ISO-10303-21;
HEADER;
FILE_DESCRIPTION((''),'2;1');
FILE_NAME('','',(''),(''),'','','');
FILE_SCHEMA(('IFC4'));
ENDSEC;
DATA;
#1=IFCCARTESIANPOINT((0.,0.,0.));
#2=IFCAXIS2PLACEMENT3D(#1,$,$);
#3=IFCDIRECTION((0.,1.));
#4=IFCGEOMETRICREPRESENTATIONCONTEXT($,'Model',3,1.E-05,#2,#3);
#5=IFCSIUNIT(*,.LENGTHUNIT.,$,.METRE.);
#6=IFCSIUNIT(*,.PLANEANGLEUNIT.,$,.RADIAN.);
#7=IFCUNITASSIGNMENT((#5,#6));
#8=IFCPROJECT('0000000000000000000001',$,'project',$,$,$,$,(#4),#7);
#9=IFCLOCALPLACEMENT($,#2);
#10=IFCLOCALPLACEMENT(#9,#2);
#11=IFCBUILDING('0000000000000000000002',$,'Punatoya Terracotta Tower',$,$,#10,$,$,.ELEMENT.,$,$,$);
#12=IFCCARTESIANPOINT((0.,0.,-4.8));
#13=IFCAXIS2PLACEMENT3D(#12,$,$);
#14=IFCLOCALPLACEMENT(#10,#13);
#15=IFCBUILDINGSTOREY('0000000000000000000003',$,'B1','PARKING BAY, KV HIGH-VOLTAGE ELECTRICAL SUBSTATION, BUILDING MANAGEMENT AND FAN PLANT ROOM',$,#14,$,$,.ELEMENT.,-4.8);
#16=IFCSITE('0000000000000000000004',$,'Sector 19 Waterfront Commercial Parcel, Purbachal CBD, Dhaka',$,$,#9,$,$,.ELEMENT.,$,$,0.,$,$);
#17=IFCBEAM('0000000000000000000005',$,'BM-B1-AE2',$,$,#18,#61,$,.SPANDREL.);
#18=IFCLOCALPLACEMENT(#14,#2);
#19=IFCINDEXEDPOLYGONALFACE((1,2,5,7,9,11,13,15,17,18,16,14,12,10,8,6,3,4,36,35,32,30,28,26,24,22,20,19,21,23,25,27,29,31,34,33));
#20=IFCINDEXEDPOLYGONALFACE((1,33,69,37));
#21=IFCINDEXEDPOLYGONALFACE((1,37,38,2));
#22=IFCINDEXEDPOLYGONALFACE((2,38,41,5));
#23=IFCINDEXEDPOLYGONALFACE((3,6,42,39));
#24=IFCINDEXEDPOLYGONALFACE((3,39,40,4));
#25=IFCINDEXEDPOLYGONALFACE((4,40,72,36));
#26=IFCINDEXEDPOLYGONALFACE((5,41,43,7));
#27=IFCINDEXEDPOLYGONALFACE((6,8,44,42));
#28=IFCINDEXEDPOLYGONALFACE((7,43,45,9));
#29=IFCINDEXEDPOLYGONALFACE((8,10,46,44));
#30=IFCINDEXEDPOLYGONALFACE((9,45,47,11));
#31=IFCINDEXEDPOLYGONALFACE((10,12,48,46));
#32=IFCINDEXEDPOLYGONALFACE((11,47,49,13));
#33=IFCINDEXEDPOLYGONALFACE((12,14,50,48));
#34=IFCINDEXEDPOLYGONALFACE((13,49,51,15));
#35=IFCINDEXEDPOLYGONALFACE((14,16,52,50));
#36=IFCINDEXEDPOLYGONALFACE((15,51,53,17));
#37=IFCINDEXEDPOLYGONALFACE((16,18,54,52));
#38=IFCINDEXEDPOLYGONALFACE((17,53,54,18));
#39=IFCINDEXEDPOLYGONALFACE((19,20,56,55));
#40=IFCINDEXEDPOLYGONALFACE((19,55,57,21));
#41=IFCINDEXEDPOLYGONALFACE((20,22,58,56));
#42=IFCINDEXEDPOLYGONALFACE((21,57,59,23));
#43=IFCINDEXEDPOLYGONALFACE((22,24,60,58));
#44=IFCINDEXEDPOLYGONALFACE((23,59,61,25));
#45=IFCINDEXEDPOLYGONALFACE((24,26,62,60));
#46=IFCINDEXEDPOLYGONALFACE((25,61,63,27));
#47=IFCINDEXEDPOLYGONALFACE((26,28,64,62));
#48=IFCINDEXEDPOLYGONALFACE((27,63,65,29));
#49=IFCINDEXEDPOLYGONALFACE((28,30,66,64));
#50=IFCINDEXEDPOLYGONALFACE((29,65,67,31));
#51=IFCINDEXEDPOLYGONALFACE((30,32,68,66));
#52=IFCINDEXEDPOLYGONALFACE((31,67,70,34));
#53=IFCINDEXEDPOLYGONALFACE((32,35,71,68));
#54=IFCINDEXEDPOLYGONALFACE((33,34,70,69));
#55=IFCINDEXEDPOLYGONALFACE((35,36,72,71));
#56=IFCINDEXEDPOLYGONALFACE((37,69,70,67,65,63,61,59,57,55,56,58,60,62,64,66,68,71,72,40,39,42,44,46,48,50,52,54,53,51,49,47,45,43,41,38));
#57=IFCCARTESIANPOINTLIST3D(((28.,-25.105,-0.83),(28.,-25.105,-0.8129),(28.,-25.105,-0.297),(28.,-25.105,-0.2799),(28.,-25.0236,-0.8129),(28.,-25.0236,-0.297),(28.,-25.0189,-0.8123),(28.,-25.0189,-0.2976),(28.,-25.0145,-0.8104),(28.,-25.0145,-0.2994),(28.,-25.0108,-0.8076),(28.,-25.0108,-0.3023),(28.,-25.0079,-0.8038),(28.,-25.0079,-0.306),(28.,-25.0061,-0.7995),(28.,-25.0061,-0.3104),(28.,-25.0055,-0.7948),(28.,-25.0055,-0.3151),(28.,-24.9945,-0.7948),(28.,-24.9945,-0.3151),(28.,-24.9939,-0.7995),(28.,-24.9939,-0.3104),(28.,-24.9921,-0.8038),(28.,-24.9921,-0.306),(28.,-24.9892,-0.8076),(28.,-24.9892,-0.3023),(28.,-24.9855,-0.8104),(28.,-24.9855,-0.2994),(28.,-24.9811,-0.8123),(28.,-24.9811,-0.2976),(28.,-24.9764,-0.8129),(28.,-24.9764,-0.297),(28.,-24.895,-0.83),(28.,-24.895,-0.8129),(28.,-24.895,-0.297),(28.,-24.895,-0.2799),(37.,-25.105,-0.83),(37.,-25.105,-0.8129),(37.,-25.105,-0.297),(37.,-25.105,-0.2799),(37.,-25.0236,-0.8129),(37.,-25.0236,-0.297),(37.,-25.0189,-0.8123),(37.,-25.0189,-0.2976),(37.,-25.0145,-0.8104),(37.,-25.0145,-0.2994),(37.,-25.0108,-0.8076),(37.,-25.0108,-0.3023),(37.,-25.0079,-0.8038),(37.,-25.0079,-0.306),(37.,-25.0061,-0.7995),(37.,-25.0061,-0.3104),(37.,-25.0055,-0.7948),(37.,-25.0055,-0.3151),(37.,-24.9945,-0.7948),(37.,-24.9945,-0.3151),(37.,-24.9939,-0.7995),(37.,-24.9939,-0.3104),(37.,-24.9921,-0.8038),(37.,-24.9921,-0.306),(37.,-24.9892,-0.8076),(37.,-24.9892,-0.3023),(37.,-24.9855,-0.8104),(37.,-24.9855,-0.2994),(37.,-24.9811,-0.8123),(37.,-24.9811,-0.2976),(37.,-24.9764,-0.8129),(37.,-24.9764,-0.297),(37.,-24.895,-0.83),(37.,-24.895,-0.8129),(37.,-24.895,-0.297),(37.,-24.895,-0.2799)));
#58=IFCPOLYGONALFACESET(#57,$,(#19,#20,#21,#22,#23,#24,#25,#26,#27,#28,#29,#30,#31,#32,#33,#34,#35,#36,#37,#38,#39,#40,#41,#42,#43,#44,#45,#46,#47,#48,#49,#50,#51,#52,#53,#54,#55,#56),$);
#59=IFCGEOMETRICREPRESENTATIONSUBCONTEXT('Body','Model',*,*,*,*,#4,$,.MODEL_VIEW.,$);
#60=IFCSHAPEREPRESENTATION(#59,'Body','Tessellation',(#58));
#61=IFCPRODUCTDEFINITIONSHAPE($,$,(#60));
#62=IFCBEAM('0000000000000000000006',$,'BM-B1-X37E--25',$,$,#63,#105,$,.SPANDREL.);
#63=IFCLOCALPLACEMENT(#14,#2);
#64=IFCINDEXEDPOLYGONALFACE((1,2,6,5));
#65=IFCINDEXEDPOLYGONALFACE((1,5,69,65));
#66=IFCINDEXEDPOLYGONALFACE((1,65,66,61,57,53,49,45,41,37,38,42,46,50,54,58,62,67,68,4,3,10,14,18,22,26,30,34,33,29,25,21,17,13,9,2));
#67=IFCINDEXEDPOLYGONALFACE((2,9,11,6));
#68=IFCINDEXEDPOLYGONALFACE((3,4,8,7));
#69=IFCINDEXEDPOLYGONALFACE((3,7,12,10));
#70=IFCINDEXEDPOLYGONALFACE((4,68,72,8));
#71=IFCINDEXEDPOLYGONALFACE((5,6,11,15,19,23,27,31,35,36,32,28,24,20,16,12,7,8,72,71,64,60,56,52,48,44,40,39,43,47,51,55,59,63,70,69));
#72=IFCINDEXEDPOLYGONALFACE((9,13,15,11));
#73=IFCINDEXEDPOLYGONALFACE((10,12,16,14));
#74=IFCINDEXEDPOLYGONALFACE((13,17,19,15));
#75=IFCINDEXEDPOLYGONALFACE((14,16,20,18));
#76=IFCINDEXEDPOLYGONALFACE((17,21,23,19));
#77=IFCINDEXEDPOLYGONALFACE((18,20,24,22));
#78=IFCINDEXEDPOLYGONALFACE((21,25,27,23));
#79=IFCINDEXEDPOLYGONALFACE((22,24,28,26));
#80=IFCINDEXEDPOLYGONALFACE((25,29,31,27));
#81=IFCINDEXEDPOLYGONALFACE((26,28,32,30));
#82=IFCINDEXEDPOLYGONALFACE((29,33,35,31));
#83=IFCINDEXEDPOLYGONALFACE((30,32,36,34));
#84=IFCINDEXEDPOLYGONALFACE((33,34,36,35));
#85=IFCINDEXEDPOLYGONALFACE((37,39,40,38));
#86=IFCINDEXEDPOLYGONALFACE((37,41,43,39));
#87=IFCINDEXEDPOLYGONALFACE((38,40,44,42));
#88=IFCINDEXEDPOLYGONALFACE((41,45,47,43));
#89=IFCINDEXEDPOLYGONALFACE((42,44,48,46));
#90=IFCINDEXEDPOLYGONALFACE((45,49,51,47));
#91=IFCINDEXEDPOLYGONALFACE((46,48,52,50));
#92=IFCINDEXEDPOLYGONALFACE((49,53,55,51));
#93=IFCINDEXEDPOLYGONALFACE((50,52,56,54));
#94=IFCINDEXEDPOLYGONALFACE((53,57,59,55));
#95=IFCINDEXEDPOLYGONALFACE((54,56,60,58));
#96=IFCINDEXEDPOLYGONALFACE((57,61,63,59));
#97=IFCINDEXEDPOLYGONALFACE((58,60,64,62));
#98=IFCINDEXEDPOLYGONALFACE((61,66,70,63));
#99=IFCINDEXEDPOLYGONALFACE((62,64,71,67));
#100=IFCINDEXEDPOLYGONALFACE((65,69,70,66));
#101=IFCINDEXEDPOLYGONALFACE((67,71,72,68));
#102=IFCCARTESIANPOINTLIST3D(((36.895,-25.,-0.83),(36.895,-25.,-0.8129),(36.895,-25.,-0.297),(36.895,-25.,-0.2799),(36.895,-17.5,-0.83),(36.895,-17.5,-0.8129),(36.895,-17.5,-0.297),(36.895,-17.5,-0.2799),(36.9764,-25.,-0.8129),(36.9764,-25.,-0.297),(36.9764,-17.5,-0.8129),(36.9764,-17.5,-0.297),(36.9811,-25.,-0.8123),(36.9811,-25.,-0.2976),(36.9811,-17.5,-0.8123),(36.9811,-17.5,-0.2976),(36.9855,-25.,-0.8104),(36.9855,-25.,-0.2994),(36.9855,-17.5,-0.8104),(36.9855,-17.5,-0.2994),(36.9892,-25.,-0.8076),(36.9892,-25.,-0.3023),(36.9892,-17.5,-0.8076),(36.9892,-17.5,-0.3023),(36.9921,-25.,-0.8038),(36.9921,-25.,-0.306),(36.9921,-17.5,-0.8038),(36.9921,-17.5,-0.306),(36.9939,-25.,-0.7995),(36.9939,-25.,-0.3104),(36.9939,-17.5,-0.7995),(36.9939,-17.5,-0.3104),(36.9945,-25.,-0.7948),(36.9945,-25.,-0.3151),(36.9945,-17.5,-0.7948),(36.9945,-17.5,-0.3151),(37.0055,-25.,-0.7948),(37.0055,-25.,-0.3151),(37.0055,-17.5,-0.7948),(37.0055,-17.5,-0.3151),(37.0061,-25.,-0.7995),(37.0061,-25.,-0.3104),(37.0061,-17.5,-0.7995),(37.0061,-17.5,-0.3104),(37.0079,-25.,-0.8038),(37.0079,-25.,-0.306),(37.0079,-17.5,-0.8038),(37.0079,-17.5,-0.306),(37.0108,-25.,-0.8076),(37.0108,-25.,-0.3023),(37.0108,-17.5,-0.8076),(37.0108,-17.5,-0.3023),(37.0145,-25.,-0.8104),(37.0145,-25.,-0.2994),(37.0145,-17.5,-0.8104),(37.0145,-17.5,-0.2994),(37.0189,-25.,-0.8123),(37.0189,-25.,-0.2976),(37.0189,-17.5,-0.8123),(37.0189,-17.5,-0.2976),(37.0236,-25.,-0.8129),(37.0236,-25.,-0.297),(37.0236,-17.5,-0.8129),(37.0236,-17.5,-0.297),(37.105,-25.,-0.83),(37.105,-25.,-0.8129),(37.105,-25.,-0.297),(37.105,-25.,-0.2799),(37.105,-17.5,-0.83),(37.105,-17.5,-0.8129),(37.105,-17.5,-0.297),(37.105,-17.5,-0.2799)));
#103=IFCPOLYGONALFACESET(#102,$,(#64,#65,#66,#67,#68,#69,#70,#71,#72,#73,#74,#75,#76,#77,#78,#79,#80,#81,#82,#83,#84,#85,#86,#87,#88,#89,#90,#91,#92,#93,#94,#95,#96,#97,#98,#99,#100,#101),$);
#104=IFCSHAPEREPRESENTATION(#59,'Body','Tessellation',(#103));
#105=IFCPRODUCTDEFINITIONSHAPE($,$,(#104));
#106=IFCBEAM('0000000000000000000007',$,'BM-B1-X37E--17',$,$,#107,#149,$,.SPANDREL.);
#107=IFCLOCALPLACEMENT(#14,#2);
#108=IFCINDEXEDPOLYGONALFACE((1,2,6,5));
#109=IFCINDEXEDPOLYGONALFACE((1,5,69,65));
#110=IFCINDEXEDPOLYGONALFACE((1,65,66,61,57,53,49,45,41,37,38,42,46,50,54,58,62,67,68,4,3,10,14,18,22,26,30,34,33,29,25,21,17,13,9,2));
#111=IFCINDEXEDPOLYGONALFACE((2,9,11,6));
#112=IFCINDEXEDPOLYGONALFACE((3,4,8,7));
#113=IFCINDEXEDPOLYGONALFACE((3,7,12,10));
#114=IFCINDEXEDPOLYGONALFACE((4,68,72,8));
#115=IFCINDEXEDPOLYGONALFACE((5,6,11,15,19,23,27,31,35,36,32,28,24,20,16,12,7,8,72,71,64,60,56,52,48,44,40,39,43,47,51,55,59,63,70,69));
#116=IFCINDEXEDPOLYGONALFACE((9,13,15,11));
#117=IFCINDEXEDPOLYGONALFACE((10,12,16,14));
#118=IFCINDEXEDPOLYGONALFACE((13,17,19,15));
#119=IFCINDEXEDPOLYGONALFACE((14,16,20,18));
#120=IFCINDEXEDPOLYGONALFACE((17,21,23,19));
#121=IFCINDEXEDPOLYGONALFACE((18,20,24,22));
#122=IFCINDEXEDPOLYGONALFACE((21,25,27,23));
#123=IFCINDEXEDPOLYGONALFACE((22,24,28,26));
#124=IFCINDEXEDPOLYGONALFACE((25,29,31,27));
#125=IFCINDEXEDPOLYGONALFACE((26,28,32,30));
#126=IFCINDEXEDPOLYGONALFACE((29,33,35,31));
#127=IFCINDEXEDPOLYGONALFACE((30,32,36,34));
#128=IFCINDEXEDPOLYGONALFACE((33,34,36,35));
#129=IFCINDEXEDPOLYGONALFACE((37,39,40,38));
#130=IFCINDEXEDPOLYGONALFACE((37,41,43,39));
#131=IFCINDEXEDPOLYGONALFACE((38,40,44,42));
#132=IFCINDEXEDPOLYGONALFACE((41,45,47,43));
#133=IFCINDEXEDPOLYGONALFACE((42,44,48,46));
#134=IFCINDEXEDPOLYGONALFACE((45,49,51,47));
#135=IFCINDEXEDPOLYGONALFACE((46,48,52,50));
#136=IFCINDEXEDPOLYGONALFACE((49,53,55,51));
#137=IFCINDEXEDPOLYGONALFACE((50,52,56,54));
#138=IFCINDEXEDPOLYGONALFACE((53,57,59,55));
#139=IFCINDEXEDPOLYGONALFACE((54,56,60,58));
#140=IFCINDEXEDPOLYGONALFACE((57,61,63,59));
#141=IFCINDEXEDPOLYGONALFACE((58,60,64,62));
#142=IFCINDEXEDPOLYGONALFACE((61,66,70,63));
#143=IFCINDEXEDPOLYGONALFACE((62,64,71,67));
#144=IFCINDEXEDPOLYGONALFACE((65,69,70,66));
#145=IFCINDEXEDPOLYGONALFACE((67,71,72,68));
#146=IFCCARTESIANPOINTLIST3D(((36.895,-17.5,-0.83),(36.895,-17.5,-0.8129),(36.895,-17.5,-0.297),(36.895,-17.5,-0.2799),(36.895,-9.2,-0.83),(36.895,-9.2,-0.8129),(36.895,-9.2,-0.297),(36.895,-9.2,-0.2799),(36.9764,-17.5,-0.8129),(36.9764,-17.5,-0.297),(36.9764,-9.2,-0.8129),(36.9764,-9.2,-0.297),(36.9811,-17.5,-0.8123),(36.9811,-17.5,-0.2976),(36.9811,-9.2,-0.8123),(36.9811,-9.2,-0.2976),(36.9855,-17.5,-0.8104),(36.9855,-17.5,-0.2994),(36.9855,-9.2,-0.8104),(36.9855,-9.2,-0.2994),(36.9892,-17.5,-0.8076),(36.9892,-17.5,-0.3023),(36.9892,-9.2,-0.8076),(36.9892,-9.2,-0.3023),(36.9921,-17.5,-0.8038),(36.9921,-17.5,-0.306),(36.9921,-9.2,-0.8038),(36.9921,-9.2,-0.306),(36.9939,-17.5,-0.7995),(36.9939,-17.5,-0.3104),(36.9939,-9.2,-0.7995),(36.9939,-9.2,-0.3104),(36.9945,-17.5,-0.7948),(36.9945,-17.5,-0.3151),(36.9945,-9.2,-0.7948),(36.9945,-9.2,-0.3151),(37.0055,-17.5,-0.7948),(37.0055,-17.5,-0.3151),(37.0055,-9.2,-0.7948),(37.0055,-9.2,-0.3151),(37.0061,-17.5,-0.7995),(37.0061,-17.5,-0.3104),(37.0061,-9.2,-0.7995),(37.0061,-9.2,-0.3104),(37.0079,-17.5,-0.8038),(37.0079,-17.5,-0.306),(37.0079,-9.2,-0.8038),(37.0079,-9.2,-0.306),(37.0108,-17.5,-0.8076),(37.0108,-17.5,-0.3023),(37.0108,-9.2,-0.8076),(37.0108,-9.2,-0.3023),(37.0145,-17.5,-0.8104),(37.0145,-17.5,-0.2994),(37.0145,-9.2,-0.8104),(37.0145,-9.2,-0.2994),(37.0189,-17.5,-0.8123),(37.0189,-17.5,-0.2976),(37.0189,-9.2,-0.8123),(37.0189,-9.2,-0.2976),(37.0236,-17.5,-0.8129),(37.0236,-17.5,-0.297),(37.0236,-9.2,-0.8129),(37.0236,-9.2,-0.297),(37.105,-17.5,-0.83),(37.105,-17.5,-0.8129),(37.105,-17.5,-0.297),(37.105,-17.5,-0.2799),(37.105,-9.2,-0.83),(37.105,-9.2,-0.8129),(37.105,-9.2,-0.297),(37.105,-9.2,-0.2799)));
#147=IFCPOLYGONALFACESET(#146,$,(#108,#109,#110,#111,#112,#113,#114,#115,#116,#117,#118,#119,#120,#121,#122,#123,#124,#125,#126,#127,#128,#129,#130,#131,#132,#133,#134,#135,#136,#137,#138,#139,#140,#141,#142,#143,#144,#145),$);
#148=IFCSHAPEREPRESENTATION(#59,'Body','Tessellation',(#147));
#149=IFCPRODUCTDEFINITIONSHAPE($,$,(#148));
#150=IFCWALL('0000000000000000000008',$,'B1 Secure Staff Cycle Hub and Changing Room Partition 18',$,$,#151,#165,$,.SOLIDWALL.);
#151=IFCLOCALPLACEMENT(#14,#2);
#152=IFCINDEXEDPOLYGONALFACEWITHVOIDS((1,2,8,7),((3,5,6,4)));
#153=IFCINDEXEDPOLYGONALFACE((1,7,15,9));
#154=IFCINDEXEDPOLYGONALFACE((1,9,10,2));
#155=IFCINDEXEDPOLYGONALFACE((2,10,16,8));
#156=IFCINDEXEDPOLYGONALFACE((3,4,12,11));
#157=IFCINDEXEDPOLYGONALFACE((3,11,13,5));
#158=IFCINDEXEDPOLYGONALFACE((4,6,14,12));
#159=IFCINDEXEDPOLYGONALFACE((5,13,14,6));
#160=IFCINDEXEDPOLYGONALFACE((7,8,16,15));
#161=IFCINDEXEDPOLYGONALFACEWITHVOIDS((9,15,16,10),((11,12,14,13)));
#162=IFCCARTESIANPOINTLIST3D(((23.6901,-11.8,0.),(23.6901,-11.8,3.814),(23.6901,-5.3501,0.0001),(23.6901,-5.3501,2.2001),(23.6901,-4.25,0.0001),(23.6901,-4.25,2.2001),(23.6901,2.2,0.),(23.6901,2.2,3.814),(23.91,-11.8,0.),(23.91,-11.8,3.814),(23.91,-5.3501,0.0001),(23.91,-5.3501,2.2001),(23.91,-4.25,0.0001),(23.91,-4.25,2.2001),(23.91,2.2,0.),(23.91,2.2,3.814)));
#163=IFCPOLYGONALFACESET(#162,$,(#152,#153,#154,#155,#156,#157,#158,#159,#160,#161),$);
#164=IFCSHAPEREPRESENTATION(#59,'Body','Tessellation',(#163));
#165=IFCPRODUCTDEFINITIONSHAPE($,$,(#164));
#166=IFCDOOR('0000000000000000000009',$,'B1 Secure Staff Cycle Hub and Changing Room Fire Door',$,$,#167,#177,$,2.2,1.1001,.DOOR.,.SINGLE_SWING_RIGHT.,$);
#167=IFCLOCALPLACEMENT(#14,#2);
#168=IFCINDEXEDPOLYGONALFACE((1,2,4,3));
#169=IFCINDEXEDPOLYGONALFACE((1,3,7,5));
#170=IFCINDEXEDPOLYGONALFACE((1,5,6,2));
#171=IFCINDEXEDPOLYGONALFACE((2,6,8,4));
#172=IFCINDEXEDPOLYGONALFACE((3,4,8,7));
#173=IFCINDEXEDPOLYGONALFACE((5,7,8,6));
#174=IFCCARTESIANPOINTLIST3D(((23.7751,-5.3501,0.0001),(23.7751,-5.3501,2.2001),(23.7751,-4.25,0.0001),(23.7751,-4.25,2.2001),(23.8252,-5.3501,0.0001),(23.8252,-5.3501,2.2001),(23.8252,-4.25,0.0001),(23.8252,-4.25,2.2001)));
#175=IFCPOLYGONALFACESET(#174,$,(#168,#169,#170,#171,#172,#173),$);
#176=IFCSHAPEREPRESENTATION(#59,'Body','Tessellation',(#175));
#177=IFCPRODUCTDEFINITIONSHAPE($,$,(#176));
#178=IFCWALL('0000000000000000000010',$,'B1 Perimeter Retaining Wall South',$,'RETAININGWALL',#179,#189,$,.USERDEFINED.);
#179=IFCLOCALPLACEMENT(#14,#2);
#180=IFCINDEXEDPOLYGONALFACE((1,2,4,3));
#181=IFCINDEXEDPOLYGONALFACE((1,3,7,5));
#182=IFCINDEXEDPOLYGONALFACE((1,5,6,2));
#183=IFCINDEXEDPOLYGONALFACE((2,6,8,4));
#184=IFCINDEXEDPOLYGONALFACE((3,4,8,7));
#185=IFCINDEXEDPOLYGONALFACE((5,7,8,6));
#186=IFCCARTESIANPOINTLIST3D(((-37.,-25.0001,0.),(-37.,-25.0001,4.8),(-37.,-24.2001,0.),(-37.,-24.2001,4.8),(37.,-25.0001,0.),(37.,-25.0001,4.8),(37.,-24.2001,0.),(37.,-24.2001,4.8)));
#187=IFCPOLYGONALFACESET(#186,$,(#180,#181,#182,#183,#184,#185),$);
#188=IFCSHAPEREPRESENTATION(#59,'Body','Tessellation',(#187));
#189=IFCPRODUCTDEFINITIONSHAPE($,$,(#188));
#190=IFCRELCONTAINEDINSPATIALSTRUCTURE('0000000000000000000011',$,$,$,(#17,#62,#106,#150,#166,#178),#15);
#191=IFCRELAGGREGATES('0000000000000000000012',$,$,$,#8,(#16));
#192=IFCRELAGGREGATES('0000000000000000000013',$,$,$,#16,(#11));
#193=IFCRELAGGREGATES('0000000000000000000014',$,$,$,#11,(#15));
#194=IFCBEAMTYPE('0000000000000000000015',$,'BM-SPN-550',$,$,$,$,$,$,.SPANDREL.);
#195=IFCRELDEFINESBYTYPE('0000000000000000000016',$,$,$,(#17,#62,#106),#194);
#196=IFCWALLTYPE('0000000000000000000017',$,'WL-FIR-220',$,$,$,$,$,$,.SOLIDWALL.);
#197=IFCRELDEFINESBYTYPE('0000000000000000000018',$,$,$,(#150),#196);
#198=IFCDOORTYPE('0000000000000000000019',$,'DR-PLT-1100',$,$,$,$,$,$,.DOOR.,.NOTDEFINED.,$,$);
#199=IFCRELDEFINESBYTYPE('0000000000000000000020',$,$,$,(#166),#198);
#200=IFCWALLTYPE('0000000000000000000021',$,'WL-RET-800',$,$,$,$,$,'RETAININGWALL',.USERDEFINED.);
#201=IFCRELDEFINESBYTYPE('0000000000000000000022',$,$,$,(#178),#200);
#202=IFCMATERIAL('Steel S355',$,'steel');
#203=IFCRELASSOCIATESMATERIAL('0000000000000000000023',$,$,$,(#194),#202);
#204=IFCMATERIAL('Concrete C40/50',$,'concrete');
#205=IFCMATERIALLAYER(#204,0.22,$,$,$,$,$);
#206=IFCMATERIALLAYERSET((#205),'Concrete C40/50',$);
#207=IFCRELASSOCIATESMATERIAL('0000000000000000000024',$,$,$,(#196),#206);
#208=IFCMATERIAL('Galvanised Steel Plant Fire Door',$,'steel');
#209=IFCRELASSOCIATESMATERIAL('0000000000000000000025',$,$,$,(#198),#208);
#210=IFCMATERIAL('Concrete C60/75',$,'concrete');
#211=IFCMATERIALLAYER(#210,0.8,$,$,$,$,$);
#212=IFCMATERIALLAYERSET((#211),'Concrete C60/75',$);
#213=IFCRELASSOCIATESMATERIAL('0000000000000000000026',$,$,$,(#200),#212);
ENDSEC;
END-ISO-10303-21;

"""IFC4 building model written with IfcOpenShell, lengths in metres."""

from ifc_helpers import new_model, si_unit, direction, frame, frame_2d, origin, origin_2d, place, context, subcontext, project, spatial, rectangle, i_section, extrude, material, layer, layer_set, material_profile, profile_set, type_object, element, fill, save


model = new_model("IFC4")

# Units and contexts
model_context = context("Model", 3, precision=1e-05, world=origin(), true_north=direction((0.0, 1.0)))
body_context = subcontext(model_context, "Body", "Model", "MODEL_VIEW")
ifc_project = project(units=[si_unit("LENGTHUNIT", "METRE"), si_unit("PLANEANGLEUNIT", "RADIAN")], contexts=[model_context])

# Site, building, storey
site_placement = place(None, origin())
site = spatial("IfcSite", under=ifc_project, at=site_placement, Name="Sector 19 Waterfront Commercial Parcel, Purbachal CBD, Dhaka", CompositionType="ELEMENT", RefElevation=0.0)
building_placement = place(site_placement, origin())
building = spatial("IfcBuilding", under=site, at=building_placement, Name="Punatoya Terracotta Tower", CompositionType="ELEMENT")
storey_placement = place(building_placement, frame((0.0, 0.0, -4.8)))
storey = spatial("IfcBuildingStorey", under=building, at=storey_placement, Name="B1", Description="PARKING BAY, KV HIGH-VOLTAGE ELECTRICAL SUBSTATION, BUILDING MANAGEMENT AND FAN PLANT ROOM", CompositionType="ELEMENT", Elevation=-4.8)

# Shared definitions
ifc_material_1 = material(Name="Concrete C60/75", Category="concrete")

# Beams
ifc_material_2 = material(Name="Steel S355", Category="steel")
ifc_material_profile_1 = material_profile(ifc_material_2, i_section(OverallWidth=0.21, OverallDepth=0.55, WebThickness=0.011, FlangeThickness=0.0171, FilletRadius=0.0181, at=origin_2d()))
ifc_profile_set_1 = profile_set([ifc_material_profile_1], Name="Steel S355")
beam_type_1 = type_object("IfcBeamType", Name="BM-SPN-550", PredefinedType="SPANDREL", material=ifc_profile_set_1)
beam_1_placement = place(storey_placement, frame((28.0, -25.0, -0.5549), z_axis=(1.0, 0.0, 0.0), x_axis=(0.0, 1.0, 0.0)))
element("IfcBeam", 1, at=beam_1_placement, inside=storey, type_object=beam_type_1, Name="BM-B1-AE2", PredefinedType="SPANDREL", context=body_context, shape_type="SweptSolid", body=[
    extrude(i_section(OverallWidth=0.21, OverallDepth=0.55, WebThickness=0.011, FlangeThickness=0.0171, FilletRadius=0.0181, at=origin_2d()), origin(), (0.0, 0.0, 1.0), 9.0),
])
beam_2_placement = place(storey_placement, frame((37.0, -25.0, -0.5549), z_axis=(0.0, 1.0, 0.0), x_axis=(-1.0, 0.0, 0.0)))
element("IfcBeam", 2, at=beam_2_placement, inside=storey, type_object=beam_type_1, Name="BM-B1-X37E--25", PredefinedType="SPANDREL", context=body_context, shape_type="SweptSolid", body=[
    extrude(i_section(OverallWidth=0.21, OverallDepth=0.55, WebThickness=0.011, FlangeThickness=0.0171, FilletRadius=0.0181, at=origin_2d()), origin(), (0.0, 0.0, 1.0), 7.5),
])
beam_3_placement = place(storey_placement, frame((37.0, -17.5, -0.5549), z_axis=(0.0, 1.0, 0.0), x_axis=(-1.0, 0.0, 0.0)))
element("IfcBeam", 3, at=beam_3_placement, inside=storey, type_object=beam_type_1, Name="BM-B1-X37E--17", PredefinedType="SPANDREL", context=body_context, shape_type="SweptSolid", body=[
    extrude(i_section(OverallWidth=0.21, OverallDepth=0.55, WebThickness=0.011, FlangeThickness=0.0171, FilletRadius=0.0181, at=origin_2d()), origin(), (0.0, 0.0, 1.0), 8.3),
])

# Wall, opening, door
ifc_material_3 = material(Name="Concrete C40/50", Category="concrete")
ifc_layer_1 = layer(ifc_material_3, 0.22)
ifc_layer_set_1 = layer_set([ifc_layer_1], Name="Concrete C40/50")
wall_type_1 = type_object("IfcWallType", Name="WL-FIR-220", PredefinedType="SOLIDWALL", material=ifc_layer_set_1)
wall_1_placement = place(storey_placement, frame((23.8, -11.8, 0.0), z_axis=(0.0, 0.0, 1.0), x_axis=(0.0, 1.0, 0.0)))
wall_1 = element("IfcWall", 4, at=wall_1_placement, inside=storey, type_object=wall_type_1, Name="B1 Secure Staff Cycle Hub and Changing Room Partition 18", PredefinedType="SOLIDWALL", context=body_context, shape_type="SweptSolid", body=[
    extrude(rectangle(XDim=14.0, YDim=0.22, at=frame_2d((7.0, 0.0))), origin(), (0.0, 0.0, 1.0), 3.814),
])
opening_1_placement = place(wall_1_placement, frame((6.45, 0.0, 0.0)))
opening_1 = element("IfcOpeningElement", 5, at=opening_1_placement, cuts=wall_1, PredefinedType="OPENING", context=body_context, shape_type="SweptSolid", body=[
    extrude(rectangle(XDim=1.1001, YDim=2.2, at=frame_2d((0.55, 1.1001))), frame((0.0, 0.1199, 0.0), z_axis=(0.0, -1.0, 0.0), x_axis=(1.0, 0.0, 0.0)), (0.0, 0.0, 1.0), 0.24),
])
ifc_material_4 = material(Name="Galvanised Steel Plant Fire Door", Category="steel")
door_type_1 = type_object("IfcDoorType", Name="DR-PLT-1100", OperationType="NOTDEFINED", PredefinedType="DOOR", material=ifc_material_4)
door_1_placement = place(opening_1_placement, origin())
door_1 = element("IfcDoor", 6, at=door_1_placement, inside=storey, type_object=door_type_1, Name="B1 Secure Staff Cycle Hub and Changing Room Fire Door", OperationType="SINGLE_SWING_RIGHT", OverallHeight=2.2, OverallWidth=1.1001, PredefinedType="DOOR", context=body_context, shape_type="SweptSolid", body=[
    extrude(rectangle(XDim=1.1001, YDim=2.2, at=frame_2d((0.55, 1.1001))), frame((0.0, 0.0249, 0.0), z_axis=(0.0, -1.0, 0.0), x_axis=(1.0, 0.0, 0.0)), (0.0, 0.0, 1.0), 0.05),
])
fill(opening_1, door_1)

# Wall
ifc_layer_2 = layer(ifc_material_1, 0.8)
ifc_layer_set_2 = layer_set([ifc_layer_2], Name="Concrete C60/75")
wall_type_2 = type_object("IfcWallType", Name="WL-RET-800", ElementType="RETAININGWALL", PredefinedType="USERDEFINED", material=ifc_layer_set_2)
wall_2_placement = place(storey_placement, frame((37.0, -24.6001, 0.0), z_axis=(0.0, 0.0, 1.0), x_axis=(-1.0, 0.0, 0.0)))
element("IfcWall", 7, at=wall_2_placement, inside=storey, type_object=wall_type_2, Name="B1 Perimeter Retaining Wall South", ObjectType="RETAININGWALL", PredefinedType="USERDEFINED", context=body_context, shape_type="SweptSolid", body=[
    extrude(rectangle(XDim=74.0, YDim=0.8, at=frame_2d((37.0, 0.0))), origin(), (0.0, 0.0, 1.0), 4.8),
])

save(model, "model.ifc")
